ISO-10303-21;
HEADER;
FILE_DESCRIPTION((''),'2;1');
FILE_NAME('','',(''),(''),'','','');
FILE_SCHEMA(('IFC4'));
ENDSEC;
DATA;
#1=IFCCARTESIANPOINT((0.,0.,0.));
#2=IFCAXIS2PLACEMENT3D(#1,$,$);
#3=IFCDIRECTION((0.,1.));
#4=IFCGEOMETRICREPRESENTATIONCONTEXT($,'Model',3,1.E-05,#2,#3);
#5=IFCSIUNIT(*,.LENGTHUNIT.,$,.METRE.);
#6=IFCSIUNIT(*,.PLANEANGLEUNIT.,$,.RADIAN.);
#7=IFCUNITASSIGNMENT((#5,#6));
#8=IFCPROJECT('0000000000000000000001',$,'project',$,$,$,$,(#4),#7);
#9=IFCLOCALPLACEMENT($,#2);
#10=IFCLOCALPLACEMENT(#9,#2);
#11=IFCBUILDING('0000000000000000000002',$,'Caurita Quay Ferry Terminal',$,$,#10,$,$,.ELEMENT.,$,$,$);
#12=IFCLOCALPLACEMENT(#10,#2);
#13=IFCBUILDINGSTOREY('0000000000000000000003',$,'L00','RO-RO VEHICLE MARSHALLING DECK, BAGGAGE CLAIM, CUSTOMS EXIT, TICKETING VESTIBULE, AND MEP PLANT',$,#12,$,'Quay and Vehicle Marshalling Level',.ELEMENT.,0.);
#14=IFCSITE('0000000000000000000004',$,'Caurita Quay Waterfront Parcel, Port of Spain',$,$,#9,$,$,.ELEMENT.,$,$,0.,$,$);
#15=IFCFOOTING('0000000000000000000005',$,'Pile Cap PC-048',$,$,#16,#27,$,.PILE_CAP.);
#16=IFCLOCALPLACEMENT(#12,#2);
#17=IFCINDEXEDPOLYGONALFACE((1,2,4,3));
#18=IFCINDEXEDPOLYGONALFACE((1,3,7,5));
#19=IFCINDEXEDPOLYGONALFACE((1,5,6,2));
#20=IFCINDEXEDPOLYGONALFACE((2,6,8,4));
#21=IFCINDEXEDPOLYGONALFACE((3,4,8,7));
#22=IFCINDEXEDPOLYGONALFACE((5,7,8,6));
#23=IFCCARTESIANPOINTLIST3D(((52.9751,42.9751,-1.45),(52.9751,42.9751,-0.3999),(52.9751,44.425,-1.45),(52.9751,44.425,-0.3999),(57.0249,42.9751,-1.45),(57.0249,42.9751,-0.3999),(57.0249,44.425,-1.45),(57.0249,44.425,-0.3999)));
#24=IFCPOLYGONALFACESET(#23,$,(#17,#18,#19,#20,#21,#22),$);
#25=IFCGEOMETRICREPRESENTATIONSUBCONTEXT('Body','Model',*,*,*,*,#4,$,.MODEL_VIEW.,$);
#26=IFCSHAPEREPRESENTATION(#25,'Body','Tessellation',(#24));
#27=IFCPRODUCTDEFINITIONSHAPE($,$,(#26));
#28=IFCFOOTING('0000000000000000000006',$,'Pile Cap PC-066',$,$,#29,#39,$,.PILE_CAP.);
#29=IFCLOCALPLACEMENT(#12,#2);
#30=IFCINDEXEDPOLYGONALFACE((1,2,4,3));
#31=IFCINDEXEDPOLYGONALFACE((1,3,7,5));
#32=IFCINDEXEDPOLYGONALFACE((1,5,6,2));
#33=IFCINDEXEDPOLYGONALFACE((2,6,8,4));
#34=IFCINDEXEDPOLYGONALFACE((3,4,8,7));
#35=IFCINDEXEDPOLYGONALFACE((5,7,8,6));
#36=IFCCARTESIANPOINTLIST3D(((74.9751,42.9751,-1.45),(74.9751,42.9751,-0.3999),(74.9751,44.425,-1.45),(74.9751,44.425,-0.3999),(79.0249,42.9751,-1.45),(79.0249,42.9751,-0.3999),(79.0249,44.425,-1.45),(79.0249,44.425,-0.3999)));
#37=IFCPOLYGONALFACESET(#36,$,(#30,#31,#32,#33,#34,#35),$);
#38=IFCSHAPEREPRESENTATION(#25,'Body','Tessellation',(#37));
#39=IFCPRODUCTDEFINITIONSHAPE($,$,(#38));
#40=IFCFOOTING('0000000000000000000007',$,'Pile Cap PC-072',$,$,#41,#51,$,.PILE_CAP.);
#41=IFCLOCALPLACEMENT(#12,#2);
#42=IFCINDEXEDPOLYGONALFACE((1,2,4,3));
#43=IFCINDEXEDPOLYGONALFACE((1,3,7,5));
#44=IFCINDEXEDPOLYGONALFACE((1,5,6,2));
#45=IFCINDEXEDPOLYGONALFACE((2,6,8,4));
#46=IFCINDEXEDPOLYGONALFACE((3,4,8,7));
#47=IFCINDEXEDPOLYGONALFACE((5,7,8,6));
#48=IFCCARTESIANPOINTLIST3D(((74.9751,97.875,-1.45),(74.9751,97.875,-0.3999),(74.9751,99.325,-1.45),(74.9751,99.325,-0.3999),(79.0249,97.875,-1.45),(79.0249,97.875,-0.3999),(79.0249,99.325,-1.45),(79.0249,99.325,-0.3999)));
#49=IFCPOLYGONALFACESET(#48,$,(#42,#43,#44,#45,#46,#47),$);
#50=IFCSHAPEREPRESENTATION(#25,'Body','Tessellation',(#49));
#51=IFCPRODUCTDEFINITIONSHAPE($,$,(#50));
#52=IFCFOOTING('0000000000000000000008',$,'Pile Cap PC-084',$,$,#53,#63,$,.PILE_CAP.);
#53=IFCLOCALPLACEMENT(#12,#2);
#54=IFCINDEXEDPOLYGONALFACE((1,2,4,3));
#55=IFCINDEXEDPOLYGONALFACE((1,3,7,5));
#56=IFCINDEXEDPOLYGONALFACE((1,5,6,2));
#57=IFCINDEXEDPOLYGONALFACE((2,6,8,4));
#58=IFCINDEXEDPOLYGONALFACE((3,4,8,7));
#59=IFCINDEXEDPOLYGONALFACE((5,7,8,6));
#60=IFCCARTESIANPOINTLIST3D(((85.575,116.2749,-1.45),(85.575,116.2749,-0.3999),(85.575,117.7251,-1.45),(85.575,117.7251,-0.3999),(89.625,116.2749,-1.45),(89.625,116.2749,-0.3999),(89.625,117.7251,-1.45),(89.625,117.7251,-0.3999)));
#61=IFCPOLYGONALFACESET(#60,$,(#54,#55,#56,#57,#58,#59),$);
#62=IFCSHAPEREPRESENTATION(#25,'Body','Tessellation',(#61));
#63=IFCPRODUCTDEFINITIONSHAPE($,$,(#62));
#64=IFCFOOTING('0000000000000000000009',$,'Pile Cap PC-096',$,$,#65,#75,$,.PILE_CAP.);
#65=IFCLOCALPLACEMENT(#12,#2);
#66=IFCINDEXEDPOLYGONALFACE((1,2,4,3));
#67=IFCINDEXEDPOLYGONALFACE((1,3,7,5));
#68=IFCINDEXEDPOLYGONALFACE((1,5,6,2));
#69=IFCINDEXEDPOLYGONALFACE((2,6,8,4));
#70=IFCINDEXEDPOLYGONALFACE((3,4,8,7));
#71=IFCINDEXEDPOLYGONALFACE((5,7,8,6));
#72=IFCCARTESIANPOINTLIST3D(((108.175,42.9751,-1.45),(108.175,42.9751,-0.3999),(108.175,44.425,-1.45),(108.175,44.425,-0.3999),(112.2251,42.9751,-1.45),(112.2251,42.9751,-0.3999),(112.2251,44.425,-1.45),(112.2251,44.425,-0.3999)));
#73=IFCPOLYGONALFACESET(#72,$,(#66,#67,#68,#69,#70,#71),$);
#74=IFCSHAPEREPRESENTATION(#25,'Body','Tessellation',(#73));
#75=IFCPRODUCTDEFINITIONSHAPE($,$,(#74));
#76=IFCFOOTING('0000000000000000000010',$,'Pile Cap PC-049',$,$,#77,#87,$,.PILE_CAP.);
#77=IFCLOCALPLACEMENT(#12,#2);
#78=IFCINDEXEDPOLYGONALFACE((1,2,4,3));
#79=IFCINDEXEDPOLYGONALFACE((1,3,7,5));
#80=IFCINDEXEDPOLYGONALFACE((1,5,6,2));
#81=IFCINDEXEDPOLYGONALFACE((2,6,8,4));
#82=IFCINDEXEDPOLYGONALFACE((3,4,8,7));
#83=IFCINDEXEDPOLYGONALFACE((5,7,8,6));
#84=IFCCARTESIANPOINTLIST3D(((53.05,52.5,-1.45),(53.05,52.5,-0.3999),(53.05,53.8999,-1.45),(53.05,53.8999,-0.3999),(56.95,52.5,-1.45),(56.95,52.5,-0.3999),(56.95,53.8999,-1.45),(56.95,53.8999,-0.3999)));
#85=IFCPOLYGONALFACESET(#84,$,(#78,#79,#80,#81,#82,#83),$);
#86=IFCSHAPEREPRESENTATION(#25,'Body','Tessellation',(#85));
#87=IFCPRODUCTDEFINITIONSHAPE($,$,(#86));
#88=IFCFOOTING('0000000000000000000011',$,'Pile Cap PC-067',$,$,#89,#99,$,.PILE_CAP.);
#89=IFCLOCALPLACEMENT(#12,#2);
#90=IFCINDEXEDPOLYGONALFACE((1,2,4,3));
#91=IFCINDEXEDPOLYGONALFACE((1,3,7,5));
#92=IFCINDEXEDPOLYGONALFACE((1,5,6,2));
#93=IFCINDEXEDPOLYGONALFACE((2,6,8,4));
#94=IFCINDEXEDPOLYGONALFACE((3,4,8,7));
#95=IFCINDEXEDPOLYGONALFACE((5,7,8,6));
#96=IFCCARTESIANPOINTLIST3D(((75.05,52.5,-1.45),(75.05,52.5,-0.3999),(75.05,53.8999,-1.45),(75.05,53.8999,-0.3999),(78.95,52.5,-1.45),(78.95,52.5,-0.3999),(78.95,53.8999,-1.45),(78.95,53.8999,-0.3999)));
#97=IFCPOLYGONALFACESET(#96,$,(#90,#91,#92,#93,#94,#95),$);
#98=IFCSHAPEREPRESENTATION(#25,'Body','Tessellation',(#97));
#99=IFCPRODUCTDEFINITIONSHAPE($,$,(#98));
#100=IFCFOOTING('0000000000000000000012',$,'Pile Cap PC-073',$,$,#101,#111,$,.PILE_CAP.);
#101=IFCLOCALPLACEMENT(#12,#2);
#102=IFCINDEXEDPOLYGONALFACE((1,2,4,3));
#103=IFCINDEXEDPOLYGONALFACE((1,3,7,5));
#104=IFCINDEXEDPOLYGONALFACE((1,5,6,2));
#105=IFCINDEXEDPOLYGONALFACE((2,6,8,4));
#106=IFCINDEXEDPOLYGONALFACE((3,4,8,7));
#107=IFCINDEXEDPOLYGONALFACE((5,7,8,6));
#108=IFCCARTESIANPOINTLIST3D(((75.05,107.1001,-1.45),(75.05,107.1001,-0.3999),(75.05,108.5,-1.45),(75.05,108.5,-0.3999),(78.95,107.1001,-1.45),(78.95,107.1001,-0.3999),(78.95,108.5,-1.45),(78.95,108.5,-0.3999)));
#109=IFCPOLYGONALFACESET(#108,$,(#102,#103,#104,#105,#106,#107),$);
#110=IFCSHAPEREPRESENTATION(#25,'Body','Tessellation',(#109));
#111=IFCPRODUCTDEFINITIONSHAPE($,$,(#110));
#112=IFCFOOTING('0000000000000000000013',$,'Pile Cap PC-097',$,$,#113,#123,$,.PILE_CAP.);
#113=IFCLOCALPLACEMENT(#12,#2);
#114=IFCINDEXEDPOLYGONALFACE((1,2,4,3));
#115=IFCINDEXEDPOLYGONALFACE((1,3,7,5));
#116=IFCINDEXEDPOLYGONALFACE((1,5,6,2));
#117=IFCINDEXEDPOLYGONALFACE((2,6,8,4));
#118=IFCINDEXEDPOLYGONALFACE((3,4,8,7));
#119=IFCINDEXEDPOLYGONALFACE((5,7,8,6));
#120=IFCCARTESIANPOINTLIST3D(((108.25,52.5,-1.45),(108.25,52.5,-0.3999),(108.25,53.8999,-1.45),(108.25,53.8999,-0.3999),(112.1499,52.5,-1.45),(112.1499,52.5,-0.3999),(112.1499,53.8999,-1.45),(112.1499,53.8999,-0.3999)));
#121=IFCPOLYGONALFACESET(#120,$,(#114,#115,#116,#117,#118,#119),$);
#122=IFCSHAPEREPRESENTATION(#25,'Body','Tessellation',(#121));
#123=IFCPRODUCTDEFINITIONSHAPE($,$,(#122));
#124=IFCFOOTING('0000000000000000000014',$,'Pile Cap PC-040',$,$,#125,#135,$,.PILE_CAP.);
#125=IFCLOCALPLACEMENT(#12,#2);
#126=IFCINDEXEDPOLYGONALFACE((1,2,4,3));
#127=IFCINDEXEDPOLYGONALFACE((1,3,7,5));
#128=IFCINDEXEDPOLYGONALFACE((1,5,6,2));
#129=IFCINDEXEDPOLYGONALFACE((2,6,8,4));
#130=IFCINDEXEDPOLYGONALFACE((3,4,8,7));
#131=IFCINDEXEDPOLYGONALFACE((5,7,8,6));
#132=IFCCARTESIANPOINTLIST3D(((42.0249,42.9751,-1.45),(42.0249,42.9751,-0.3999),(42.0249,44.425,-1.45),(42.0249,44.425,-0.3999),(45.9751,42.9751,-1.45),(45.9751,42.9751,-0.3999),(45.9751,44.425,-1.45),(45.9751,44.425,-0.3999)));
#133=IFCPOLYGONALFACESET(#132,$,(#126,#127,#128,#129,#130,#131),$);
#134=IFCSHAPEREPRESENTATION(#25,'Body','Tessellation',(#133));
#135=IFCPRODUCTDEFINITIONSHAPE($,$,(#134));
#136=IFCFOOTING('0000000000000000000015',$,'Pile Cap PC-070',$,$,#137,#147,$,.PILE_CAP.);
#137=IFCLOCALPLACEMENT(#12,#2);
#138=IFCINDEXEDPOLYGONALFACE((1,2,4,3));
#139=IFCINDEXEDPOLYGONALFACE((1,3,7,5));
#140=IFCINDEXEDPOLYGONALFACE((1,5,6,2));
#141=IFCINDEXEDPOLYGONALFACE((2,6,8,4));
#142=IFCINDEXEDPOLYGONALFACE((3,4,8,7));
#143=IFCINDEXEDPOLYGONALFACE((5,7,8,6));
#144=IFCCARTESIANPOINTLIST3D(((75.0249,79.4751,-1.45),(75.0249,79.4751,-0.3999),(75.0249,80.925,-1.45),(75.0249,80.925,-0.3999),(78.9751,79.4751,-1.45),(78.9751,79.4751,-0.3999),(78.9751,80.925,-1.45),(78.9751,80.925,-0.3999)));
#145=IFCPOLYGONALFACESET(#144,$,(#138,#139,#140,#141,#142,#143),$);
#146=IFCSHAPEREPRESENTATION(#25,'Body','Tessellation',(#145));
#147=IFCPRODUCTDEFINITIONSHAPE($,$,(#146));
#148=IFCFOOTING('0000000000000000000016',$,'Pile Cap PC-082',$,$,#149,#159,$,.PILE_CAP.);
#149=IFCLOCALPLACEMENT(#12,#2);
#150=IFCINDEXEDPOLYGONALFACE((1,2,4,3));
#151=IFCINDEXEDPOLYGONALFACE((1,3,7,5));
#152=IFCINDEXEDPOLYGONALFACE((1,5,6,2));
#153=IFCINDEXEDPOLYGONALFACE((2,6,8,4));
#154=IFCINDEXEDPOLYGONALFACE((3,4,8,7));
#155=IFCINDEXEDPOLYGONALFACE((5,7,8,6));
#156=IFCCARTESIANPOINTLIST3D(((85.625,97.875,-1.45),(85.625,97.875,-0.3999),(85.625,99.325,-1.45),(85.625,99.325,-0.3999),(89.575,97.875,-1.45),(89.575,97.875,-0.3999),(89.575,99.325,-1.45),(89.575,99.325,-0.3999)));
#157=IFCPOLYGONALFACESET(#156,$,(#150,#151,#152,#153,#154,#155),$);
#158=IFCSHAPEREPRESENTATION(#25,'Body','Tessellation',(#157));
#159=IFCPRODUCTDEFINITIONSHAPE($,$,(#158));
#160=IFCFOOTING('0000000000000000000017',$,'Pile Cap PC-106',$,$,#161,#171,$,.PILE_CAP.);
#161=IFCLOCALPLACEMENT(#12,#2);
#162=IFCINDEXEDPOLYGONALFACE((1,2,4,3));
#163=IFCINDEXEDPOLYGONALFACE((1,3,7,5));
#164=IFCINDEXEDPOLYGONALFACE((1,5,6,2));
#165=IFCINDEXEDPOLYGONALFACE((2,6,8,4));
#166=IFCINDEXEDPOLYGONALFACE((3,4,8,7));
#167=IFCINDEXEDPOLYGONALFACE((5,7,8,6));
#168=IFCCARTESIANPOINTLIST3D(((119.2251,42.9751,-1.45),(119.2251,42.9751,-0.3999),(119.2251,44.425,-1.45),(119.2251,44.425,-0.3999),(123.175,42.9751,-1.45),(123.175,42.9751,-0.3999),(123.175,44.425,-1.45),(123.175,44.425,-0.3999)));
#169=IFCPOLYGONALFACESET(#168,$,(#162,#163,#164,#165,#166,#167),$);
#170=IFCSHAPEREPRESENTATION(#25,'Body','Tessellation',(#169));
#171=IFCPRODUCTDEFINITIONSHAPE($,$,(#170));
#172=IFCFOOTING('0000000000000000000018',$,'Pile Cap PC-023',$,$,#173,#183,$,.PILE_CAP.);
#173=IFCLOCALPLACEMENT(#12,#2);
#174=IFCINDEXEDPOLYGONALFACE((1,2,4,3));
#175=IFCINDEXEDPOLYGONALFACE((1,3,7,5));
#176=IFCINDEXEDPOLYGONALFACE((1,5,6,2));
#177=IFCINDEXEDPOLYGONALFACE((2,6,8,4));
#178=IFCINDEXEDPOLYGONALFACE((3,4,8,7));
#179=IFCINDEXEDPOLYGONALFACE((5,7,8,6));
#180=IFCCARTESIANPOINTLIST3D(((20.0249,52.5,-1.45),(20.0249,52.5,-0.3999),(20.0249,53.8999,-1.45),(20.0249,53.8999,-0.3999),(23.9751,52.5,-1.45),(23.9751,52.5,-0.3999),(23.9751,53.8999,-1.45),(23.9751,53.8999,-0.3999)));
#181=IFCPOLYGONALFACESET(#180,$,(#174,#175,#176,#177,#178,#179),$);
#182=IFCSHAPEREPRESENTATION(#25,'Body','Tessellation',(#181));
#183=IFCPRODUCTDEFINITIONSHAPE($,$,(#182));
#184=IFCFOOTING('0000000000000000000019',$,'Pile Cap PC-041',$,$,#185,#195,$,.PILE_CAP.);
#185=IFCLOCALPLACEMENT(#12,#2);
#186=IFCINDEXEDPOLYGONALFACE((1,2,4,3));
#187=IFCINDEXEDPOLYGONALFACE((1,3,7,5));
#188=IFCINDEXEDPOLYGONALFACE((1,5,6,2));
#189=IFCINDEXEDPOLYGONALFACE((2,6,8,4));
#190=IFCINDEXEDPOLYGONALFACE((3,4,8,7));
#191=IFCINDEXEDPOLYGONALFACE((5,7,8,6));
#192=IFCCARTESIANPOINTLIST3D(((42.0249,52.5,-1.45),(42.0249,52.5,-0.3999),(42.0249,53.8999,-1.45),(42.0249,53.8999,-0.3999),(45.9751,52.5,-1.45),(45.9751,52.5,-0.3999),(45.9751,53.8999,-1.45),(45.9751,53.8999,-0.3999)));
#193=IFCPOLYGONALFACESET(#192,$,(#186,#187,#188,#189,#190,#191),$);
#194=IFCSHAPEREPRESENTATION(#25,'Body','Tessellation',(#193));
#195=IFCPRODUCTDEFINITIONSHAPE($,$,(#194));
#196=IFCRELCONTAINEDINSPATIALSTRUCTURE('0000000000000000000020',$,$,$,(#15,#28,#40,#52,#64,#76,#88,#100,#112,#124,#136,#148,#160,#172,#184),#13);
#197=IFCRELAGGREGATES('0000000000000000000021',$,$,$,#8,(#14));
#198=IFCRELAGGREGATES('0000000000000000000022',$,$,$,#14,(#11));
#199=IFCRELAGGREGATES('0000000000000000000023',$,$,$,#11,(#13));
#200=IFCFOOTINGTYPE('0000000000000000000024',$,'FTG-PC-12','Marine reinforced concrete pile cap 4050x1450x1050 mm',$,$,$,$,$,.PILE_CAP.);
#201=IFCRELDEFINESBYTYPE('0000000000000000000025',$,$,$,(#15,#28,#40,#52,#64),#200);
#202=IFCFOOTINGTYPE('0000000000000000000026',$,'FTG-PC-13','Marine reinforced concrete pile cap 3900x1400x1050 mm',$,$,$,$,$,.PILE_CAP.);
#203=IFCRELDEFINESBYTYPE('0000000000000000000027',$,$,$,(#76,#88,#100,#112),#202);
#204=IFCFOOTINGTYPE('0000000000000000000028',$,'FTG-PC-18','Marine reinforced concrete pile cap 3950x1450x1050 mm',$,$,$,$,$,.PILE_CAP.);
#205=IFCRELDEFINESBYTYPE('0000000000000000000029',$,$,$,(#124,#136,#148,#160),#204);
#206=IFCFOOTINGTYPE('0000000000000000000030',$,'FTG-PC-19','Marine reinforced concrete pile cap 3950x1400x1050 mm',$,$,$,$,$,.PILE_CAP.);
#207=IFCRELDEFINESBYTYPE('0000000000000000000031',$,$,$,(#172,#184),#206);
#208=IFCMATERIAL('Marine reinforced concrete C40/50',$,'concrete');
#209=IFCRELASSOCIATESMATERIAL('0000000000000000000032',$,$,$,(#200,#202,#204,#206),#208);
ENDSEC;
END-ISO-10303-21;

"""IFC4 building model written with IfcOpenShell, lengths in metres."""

from ifc_helpers import new_model, si_unit, direction, frame, origin, place, context, subcontext, project, spatial, polyline, outline, extrude, material, type_object, element, save


model = new_model("IFC4")

# Units and contexts
model_context = context("Model", 3, precision=1e-05, world=origin(), true_north=direction((0.0, 1.0)))
body_context = subcontext(model_context, "Body", "Model", "MODEL_VIEW")
ifc_project = project(units=[si_unit("LENGTHUNIT", "METRE"), si_unit("PLANEANGLEUNIT", "RADIAN")], contexts=[model_context])

# Site, building, storey
site_placement = place(None, origin())
site = spatial("IfcSite", under=ifc_project, at=site_placement, Name="Caurita Quay Waterfront Parcel, Port of Spain", CompositionType="ELEMENT", RefElevation=0.0)
building_placement = place(site_placement, origin())
building = spatial("IfcBuilding", under=site, at=building_placement, Name="Caurita Quay Ferry Terminal", CompositionType="ELEMENT")
storey_placement = place(building_placement, origin())
storey = spatial("IfcBuildingStorey", under=building, at=storey_placement, Name="L00", Description="RO-RO VEHICLE MARSHALLING DECK, BAGGAGE CLAIM, CUSTOMS EXIT, TICKETING VESTIBULE, AND MEP PLANT", LongName="Quay and Vehicle Marshalling Level", CompositionType="ELEMENT", Elevation=0.0)

# Footings
ifc_material = material(Name="Marine reinforced concrete C40/50", Category="concrete")
footing_type_1 = type_object("IfcFootingType", Name="FTG-PC-12", Description="Marine reinforced concrete pile cap 4050x1450x1050 mm", PredefinedType="PILE_CAP", material=ifc_material)
footing_1_placement = place(storey_placement, frame((0.0, 0.0, -1.45)))
element("IfcFooting", 1, at=footing_1_placement, inside=storey, type_object=footing_type_1, Name="Pile Cap PC-048", PredefinedType="PILE_CAP", context=body_context, shape_type="SweptSolid", body=[
    extrude(outline(polyline([(52.9751, 42.9751), (57.0249, 42.9751), (57.0249, 44.425), (52.9751, 44.425), (52.9751, 42.9751)])), origin(), (0.0, 0.0, 1.0), 1.05),
])
footing_2_placement = place(storey_placement, frame((0.0, 0.0, -1.45)))
element("IfcFooting", 2, at=footing_2_placement, inside=storey, type_object=footing_type_1, Name="Pile Cap PC-066", PredefinedType="PILE_CAP", context=body_context, shape_type="SweptSolid", body=[
    extrude(outline(polyline([(74.9751, 42.9751), (79.0249, 42.9751), (79.0249, 44.425), (74.9751, 44.425), (74.9751, 42.9751)])), origin(), (0.0, 0.0, 1.0), 1.05),
])
footing_3_placement = place(storey_placement, frame((0.0, 0.0, -1.45)))
element("IfcFooting", 3, at=footing_3_placement, inside=storey, type_object=footing_type_1, Name="Pile Cap PC-072", PredefinedType="PILE_CAP", context=body_context, shape_type="SweptSolid", body=[
    extrude(outline(polyline([(74.9751, 97.875), (79.0249, 97.875), (79.0249, 99.325), (74.9751, 99.325), (74.9751, 97.875)])), origin(), (0.0, 0.0, 1.0), 1.05),
])
footing_4_placement = place(storey_placement, frame((0.0, 0.0, -1.45)))
element("IfcFooting", 4, at=footing_4_placement, inside=storey, type_object=footing_type_1, Name="Pile Cap PC-084", PredefinedType="PILE_CAP", context=body_context, shape_type="SweptSolid", body=[
    extrude(outline(polyline([(85.575, 116.2749), (89.625, 116.2749), (89.625, 117.7251), (85.575, 117.7251), (85.575, 116.2749)])), origin(), (0.0, 0.0, 1.0), 1.05),
])
footing_5_placement = place(storey_placement, frame((0.0, 0.0, -1.45)))
element("IfcFooting", 5, at=footing_5_placement, inside=storey, type_object=footing_type_1, Name="Pile Cap PC-096", PredefinedType="PILE_CAP", context=body_context, shape_type="SweptSolid", body=[
    extrude(outline(polyline([(108.175, 42.9751), (112.2251, 42.9751), (112.2251, 44.425), (108.175, 44.425), (108.175, 42.9751)])), origin(), (0.0, 0.0, 1.0), 1.05),
])
footing_type_2 = type_object("IfcFootingType", Name="FTG-PC-13", Description="Marine reinforced concrete pile cap 3900x1400x1050 mm", PredefinedType="PILE_CAP", material=ifc_material)
footing_6_placement = place(storey_placement, frame((0.0, 0.0, -1.45)))
element("IfcFooting", 6, at=footing_6_placement, inside=storey, type_object=footing_type_2, Name="Pile Cap PC-049", PredefinedType="PILE_CAP", context=body_context, shape_type="SweptSolid", body=[
    extrude(outline(polyline([(53.05, 52.5), (56.95, 52.5), (56.95, 53.8999), (53.05, 53.8999), (53.05, 52.5)])), origin(), (0.0, 0.0, 1.0), 1.05),
])
footing_7_placement = place(storey_placement, frame((0.0, 0.0, -1.45)))
element("IfcFooting", 7, at=footing_7_placement, inside=storey, type_object=footing_type_2, Name="Pile Cap PC-067", PredefinedType="PILE_CAP", context=body_context, shape_type="SweptSolid", body=[
    extrude(outline(polyline([(75.05, 52.5), (78.95, 52.5), (78.95, 53.8999), (75.05, 53.8999), (75.05, 52.5)])), origin(), (0.0, 0.0, 1.0), 1.05),
])
footing_8_placement = place(storey_placement, frame((0.0, 0.0, -1.45)))
element("IfcFooting", 8, at=footing_8_placement, inside=storey, type_object=footing_type_2, Name="Pile Cap PC-073", PredefinedType="PILE_CAP", context=body_context, shape_type="SweptSolid", body=[
    extrude(outline(polyline([(75.05, 107.1001), (78.95, 107.1001), (78.95, 108.5), (75.05, 108.5), (75.05, 107.1001)])), origin(), (0.0, 0.0, 1.0), 1.05),
])
footing_9_placement = place(storey_placement, frame((0.0, 0.0, -1.45)))
element("IfcFooting", 9, at=footing_9_placement, inside=storey, type_object=footing_type_2, Name="Pile Cap PC-097", PredefinedType="PILE_CAP", context=body_context, shape_type="SweptSolid", body=[
    extrude(outline(polyline([(108.25, 52.5), (112.1499, 52.5), (112.1499, 53.8999), (108.25, 53.8999), (108.25, 52.5)])), origin(), (0.0, 0.0, 1.0), 1.05),
])
footing_type_3 = type_object("IfcFootingType", Name="FTG-PC-18", Description="Marine reinforced concrete pile cap 3950x1450x1050 mm", PredefinedType="PILE_CAP", material=ifc_material)
footing_10_placement = place(storey_placement, frame((0.0, 0.0, -1.45)))
element("IfcFooting", 10, at=footing_10_placement, inside=storey, type_object=footing_type_3, Name="Pile Cap PC-040", PredefinedType="PILE_CAP", context=body_context, shape_type="SweptSolid", body=[
    extrude(outline(polyline([(42.0249, 42.9751), (45.9751, 42.9751), (45.9751, 44.425), (42.0249, 44.425), (42.0249, 42.9751)])), origin(), (0.0, 0.0, 1.0), 1.05),
])
footing_11_placement = place(storey_placement, frame((0.0, 0.0, -1.45)))
element("IfcFooting", 11, at=footing_11_placement, inside=storey, type_object=footing_type_3, Name="Pile Cap PC-070", PredefinedType="PILE_CAP", context=body_context, shape_type="SweptSolid", body=[
    extrude(outline(polyline([(75.0249, 79.4751), (78.9751, 79.4751), (78.9751, 80.925), (75.0249, 80.925), (75.0249, 79.4751)])), origin(), (0.0, 0.0, 1.0), 1.05),
])
footing_12_placement = place(storey_placement, frame((0.0, 0.0, -1.45)))
element("IfcFooting", 12, at=footing_12_placement, inside=storey, type_object=footing_type_3, Name="Pile Cap PC-082", PredefinedType="PILE_CAP", context=body_context, shape_type="SweptSolid", body=[
    extrude(outline(polyline([(85.625, 97.875), (89.575, 97.875), (89.575, 99.325), (85.625, 99.325), (85.625, 97.875)])), origin(), (0.0, 0.0, 1.0), 1.05),
])
footing_13_placement = place(storey_placement, frame((0.0, 0.0, -1.45)))
element("IfcFooting", 13, at=footing_13_placement, inside=storey, type_object=footing_type_3, Name="Pile Cap PC-106", PredefinedType="PILE_CAP", context=body_context, shape_type="SweptSolid", body=[
    extrude(outline(polyline([(119.2251, 42.9751), (123.175, 42.9751), (123.175, 44.425), (119.2251, 44.425), (119.2251, 42.9751)])), origin(), (0.0, 0.0, 1.0), 1.05),
])
footing_type_4 = type_object("IfcFootingType", Name="FTG-PC-19", Description="Marine reinforced concrete pile cap 3950x1400x1050 mm", PredefinedType="PILE_CAP", material=ifc_material)
footing_14_placement = place(storey_placement, frame((0.0, 0.0, -1.45)))
element("IfcFooting", 14, at=footing_14_placement, inside=storey, type_object=footing_type_4, Name="Pile Cap PC-023", PredefinedType="PILE_CAP", context=body_context, shape_type="SweptSolid", body=[
    extrude(outline(polyline([(20.0249, 52.5), (23.9751, 52.5), (23.9751, 53.8999), (20.0249, 53.8999), (20.0249, 52.5)])), origin(), (0.0, 0.0, 1.0), 1.05),
])
footing_15_placement = place(storey_placement, frame((0.0, 0.0, -1.45)))
element("IfcFooting", 15, at=footing_15_placement, inside=storey, type_object=footing_type_4, Name="Pile Cap PC-041", PredefinedType="PILE_CAP", context=body_context, shape_type="SweptSolid", body=[
    extrude(outline(polyline([(42.0249, 52.5), (45.9751, 52.5), (45.9751, 53.8999), (42.0249, 53.8999), (42.0249, 52.5)])), origin(), (0.0, 0.0, 1.0), 1.05),
])

save(model, "model.ifc")
